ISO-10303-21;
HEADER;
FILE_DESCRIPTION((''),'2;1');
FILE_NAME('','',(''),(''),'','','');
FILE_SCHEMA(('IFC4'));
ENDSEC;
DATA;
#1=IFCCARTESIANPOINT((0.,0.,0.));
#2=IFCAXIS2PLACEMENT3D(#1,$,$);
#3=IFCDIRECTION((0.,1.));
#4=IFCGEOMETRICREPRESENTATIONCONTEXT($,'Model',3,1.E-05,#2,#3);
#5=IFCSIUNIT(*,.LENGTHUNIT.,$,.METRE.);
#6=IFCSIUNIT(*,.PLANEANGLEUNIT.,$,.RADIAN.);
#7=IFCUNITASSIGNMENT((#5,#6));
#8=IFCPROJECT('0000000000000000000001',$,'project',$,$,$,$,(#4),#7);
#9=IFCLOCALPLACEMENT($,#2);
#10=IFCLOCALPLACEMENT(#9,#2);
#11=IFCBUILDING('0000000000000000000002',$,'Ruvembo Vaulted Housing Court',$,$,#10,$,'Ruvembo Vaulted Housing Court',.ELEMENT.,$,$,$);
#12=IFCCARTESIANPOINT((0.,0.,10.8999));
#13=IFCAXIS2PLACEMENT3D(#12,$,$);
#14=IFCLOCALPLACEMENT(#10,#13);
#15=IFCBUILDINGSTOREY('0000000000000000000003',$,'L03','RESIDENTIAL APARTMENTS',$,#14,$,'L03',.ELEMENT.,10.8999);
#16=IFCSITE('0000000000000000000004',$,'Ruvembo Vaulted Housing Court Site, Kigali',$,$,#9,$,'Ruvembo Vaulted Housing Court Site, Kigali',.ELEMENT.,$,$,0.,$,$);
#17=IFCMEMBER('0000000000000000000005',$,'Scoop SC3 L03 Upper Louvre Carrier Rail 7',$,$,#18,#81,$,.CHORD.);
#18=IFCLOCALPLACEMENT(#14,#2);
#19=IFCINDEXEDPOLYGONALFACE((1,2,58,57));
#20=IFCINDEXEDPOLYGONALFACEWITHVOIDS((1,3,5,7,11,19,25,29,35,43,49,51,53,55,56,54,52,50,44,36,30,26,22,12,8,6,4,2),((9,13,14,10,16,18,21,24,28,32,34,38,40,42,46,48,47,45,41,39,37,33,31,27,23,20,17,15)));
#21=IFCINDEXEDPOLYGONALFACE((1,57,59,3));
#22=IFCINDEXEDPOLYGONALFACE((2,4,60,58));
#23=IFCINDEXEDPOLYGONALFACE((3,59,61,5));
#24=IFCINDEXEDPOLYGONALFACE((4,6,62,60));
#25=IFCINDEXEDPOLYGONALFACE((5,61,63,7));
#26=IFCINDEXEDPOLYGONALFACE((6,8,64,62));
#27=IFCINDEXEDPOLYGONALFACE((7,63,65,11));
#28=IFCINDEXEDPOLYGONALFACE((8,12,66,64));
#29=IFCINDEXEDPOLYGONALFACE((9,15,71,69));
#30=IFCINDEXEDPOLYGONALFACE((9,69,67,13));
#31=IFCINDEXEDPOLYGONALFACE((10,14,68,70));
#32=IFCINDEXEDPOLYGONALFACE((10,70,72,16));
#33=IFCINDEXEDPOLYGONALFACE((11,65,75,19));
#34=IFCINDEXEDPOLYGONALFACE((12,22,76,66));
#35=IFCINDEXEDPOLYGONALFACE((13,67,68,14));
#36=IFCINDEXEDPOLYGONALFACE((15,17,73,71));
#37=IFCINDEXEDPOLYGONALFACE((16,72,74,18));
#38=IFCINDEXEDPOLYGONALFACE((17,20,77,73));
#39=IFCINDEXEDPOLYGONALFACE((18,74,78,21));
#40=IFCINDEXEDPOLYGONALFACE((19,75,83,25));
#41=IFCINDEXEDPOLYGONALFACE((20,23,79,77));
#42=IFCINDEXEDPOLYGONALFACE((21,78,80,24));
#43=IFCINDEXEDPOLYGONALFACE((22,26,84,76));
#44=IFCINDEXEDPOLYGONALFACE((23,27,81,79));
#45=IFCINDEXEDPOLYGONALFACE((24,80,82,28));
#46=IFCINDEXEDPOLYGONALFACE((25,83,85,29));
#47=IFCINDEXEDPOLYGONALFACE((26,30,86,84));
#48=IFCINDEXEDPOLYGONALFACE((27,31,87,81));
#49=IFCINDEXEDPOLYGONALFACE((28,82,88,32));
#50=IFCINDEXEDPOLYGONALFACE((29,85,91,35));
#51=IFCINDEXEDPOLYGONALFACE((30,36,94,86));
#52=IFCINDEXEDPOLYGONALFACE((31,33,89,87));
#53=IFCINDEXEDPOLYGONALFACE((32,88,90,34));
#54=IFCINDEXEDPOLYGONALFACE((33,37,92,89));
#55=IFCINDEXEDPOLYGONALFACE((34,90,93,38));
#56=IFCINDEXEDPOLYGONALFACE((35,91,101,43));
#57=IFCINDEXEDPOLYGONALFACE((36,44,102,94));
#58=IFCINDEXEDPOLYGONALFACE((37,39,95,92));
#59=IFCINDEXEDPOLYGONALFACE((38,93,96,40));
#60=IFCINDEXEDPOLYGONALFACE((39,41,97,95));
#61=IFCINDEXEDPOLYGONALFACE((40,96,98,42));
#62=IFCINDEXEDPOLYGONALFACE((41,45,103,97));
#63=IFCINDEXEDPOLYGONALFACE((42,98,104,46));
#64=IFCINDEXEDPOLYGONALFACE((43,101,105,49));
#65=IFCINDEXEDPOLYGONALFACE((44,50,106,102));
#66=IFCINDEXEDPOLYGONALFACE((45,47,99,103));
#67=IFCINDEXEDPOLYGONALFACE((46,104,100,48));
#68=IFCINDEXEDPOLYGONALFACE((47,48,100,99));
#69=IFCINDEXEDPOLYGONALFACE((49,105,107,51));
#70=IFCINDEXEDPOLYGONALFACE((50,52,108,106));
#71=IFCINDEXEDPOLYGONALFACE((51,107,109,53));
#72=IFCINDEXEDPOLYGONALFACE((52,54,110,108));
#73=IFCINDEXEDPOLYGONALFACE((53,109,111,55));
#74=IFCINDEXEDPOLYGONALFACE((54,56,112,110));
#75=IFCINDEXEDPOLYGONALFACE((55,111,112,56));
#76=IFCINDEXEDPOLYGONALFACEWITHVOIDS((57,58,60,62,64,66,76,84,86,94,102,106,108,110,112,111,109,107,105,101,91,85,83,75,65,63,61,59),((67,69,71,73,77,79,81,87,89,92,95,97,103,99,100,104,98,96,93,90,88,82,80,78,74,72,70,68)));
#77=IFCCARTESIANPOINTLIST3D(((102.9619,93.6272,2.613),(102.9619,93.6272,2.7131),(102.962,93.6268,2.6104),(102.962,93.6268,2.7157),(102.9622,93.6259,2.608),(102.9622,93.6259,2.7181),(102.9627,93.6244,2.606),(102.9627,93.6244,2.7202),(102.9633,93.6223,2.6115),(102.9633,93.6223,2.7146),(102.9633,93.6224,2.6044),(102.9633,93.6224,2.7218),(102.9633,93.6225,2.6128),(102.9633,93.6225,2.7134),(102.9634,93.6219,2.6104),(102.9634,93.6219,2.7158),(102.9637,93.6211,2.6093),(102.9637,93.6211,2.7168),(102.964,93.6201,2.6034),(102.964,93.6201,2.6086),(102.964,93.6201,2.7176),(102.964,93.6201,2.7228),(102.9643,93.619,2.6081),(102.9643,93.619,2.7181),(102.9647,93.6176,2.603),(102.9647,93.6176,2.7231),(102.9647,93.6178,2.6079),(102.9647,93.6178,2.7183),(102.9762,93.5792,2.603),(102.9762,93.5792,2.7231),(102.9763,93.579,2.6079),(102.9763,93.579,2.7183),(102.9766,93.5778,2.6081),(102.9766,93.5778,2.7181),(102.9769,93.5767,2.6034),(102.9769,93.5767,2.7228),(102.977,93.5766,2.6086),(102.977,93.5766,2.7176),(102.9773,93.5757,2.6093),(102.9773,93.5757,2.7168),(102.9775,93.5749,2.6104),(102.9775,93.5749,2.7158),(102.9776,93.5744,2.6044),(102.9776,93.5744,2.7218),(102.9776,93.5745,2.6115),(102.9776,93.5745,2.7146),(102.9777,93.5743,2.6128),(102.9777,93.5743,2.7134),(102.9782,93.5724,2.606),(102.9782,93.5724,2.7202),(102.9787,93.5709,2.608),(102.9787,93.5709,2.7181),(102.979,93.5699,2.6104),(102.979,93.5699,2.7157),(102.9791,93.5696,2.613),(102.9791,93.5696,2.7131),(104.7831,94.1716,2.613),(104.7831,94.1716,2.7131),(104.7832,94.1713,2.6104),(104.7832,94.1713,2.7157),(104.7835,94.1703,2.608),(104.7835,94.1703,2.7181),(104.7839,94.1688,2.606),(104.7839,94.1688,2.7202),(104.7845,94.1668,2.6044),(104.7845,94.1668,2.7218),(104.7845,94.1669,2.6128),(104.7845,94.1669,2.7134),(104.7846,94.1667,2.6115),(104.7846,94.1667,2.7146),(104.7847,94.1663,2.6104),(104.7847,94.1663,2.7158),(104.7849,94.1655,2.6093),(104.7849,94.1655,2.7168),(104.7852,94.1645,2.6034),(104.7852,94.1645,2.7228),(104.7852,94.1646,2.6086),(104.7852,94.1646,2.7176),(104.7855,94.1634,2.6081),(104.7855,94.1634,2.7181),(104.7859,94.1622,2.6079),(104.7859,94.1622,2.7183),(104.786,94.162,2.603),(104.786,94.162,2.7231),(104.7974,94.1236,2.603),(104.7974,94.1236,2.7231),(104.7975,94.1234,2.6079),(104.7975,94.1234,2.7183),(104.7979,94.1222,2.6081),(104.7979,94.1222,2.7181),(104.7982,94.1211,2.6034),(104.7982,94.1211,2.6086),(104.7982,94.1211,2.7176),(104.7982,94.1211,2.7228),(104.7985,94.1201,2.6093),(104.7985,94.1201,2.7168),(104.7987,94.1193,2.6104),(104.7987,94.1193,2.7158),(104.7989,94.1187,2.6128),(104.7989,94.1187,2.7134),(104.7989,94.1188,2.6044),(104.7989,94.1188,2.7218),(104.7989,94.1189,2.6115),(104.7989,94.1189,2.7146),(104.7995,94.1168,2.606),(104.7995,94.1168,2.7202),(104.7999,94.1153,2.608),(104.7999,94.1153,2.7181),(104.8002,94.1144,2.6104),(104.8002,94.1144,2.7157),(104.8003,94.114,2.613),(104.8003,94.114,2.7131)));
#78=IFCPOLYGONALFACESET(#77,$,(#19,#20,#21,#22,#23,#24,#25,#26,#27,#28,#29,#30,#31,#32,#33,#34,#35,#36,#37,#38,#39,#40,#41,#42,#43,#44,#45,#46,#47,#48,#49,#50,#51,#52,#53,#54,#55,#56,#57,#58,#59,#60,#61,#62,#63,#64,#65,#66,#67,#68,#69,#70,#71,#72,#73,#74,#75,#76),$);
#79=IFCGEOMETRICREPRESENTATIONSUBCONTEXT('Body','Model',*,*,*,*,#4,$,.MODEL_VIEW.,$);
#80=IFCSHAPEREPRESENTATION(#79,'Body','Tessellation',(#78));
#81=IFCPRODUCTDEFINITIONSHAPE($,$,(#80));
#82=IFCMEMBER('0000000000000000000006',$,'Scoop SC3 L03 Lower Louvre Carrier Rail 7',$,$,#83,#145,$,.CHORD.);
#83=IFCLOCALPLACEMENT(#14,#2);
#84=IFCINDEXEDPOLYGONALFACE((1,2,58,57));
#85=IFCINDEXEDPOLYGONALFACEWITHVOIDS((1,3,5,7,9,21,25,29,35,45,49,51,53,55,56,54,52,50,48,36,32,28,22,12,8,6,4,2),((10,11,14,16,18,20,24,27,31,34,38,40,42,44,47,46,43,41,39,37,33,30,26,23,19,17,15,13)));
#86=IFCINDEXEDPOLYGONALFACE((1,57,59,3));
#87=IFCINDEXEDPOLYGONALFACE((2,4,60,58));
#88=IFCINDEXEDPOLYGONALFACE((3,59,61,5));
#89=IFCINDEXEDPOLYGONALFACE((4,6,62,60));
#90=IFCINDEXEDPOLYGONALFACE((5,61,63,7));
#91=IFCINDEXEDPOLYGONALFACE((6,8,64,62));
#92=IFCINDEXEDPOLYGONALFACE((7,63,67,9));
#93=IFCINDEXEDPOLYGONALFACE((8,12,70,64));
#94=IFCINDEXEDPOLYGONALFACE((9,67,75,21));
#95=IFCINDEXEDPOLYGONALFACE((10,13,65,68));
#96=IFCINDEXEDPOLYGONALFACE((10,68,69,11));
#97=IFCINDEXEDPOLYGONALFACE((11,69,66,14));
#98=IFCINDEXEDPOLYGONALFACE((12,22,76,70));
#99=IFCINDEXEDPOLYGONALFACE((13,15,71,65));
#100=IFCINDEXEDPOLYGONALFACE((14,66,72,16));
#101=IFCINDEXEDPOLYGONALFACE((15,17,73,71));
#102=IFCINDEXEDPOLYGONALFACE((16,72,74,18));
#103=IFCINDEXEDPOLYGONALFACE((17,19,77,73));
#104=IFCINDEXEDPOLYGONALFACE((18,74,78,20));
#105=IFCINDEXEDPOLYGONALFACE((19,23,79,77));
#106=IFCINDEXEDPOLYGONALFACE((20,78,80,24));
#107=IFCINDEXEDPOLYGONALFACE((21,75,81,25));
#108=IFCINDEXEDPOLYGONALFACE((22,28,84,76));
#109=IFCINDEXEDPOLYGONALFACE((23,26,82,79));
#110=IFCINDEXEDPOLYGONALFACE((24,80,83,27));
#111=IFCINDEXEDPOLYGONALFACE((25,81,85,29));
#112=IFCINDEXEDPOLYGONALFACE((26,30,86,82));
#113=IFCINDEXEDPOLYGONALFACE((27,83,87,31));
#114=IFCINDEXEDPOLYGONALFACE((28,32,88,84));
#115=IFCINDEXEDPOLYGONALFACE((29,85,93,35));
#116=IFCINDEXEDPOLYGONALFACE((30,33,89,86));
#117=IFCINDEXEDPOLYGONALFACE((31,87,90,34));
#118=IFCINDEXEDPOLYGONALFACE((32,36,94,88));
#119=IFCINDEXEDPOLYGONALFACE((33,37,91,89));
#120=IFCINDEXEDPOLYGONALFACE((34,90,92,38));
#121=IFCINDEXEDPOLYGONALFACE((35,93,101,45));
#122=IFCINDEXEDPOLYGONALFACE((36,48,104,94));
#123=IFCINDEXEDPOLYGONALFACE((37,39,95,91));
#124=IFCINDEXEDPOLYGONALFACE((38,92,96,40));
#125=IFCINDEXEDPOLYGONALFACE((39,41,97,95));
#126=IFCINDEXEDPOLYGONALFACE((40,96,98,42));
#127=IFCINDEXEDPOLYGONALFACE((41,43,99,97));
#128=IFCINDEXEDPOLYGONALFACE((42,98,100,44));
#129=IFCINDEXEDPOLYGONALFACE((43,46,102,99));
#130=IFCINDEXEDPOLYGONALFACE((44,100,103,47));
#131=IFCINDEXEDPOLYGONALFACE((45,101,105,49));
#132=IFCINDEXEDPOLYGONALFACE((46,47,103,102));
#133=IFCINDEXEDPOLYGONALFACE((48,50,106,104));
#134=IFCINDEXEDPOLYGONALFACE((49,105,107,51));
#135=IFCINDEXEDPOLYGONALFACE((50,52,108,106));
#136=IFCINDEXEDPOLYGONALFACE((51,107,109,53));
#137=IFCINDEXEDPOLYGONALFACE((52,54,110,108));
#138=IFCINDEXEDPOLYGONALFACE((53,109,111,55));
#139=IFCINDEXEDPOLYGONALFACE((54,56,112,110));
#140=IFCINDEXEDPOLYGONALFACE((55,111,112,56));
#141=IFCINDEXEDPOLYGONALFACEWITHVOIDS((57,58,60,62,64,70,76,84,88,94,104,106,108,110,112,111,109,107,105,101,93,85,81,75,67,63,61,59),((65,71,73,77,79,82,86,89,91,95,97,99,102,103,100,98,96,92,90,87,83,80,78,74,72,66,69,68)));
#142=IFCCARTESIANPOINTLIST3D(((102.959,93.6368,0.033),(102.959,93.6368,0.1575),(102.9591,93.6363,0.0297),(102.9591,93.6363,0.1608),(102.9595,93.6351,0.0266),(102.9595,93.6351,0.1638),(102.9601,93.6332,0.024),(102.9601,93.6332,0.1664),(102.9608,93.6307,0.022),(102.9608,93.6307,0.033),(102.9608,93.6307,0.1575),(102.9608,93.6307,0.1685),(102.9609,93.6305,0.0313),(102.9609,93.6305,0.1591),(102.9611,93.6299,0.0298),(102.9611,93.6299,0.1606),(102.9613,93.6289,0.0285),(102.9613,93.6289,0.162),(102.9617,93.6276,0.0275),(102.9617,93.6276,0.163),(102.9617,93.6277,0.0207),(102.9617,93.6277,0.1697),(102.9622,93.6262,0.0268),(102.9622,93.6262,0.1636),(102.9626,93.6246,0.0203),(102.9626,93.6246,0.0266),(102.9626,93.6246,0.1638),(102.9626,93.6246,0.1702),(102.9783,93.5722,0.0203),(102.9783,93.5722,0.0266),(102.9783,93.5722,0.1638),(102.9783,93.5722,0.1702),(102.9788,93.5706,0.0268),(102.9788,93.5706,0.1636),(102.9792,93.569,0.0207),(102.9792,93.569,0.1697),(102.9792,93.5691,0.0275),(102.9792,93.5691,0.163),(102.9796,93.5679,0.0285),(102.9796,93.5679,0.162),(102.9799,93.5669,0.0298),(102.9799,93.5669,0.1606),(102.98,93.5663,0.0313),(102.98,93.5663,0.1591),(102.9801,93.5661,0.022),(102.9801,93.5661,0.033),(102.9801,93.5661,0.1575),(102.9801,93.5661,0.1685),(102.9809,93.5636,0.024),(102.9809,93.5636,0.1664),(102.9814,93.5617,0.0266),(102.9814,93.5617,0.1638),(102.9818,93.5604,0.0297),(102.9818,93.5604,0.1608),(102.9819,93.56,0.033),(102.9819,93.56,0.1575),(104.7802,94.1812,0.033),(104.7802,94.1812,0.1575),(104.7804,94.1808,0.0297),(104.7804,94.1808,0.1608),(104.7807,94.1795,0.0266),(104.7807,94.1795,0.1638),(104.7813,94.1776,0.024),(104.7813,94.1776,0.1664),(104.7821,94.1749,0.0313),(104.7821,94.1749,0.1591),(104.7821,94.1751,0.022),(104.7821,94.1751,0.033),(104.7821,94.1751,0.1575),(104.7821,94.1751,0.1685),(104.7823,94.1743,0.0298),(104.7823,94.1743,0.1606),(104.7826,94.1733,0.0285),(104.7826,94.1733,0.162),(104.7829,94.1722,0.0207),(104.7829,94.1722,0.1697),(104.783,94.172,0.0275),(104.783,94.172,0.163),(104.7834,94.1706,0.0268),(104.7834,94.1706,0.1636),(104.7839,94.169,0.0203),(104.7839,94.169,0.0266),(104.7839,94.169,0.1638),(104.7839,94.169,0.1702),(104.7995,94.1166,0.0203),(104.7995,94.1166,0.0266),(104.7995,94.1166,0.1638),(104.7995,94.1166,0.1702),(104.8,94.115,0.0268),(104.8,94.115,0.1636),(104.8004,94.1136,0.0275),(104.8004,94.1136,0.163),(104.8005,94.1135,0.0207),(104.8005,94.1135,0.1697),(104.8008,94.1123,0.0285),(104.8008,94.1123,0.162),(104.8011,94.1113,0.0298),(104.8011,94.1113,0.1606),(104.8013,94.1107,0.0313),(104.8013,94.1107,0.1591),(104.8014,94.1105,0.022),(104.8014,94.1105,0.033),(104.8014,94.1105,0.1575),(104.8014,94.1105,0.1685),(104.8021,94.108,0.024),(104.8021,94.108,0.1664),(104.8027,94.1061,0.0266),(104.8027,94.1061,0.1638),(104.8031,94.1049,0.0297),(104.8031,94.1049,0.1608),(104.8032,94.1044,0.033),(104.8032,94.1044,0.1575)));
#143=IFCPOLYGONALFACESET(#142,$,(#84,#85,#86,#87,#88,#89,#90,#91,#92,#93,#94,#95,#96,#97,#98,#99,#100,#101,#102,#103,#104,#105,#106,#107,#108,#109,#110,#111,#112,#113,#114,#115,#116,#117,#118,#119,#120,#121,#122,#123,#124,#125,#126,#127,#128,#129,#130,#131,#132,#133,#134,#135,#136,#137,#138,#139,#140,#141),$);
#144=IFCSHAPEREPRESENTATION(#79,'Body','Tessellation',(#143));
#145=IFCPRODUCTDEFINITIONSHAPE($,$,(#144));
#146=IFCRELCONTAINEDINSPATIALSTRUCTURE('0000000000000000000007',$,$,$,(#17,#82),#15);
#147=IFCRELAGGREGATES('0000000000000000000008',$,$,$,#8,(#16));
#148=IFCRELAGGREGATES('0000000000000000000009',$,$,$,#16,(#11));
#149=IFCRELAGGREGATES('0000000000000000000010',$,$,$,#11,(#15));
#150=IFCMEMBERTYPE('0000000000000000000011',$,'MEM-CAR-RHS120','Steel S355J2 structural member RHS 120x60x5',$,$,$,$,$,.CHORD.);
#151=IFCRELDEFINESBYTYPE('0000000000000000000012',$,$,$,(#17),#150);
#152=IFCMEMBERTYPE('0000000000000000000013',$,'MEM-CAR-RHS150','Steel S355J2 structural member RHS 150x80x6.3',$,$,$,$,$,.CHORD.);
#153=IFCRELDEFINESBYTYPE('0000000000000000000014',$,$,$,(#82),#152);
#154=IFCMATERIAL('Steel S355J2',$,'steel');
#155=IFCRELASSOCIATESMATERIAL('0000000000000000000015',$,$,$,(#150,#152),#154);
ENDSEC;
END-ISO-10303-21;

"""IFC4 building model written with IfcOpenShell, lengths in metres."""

from ifc_helpers import new_model, si_unit, direction, frame, origin, origin_2d, place, context, subcontext, project, spatial, hollow_rectangle, extrude, material, material_profile, profile_set, type_object, element, save


model = new_model("IFC4")

# Units and contexts
model_context = context("Model", 3, precision=1e-05, world=origin(), true_north=direction((0.0, 1.0)))
body_context = subcontext(model_context, "Body", "Model", "MODEL_VIEW")
ifc_project = project(units=[si_unit("LENGTHUNIT", "METRE"), si_unit("PLANEANGLEUNIT", "RADIAN")], contexts=[model_context])

# Site, building, storey
site_placement = place(None, origin())
site = spatial("IfcSite", under=ifc_project, at=site_placement, Name="Ruvembo Vaulted Housing Court Site, Kigali", LongName="Ruvembo Vaulted Housing Court Site, Kigali", CompositionType="ELEMENT", RefElevation=0.0)
building_placement = place(site_placement, origin())
building = spatial("IfcBuilding", under=site, at=building_placement, Name="Ruvembo Vaulted Housing Court", LongName="Ruvembo Vaulted Housing Court", CompositionType="ELEMENT")
storey_placement = place(building_placement, frame((0.0, 0.0, 10.8999)))
storey = spatial("IfcBuildingStorey", under=building, at=storey_placement, Name="L03", Description="RESIDENTIAL APARTMENTS", LongName="L03", CompositionType="ELEMENT", Elevation=10.8999)

# Shared definitions
ifc_material_1 = material(Name="Steel S355J2", Category="steel")

# Members
ifc_material_profile_1 = material_profile(ifc_material_1, hollow_rectangle(XDim=0.0601, YDim=0.1201, WallThickness=0.0049, InnerFilletRadius=0.0049, OuterFilletRadius=0.01, at=origin_2d()), Name="RHS 120x60x5")
ifc_profile_set_1 = profile_set([ifc_material_profile_1], Name="Steel S355J2")
member_type_1 = type_object("IfcMemberType", Name="MEM-CAR-RHS120", Description="Steel S355J2 structural member RHS 120x60x5", PredefinedType="CHORD", material=ifc_profile_set_1)
member_1_placement = place(storey_placement, frame((102.9705, 93.5984, 2.6631), z_axis=(0.958109, 0.286405, 0.0), x_axis=(-0.286405, 0.958109, 0.0)))
element("IfcMember", 1, at=member_1_placement, inside=storey, type_object=member_type_1, Name="Scoop SC3 L03 Upper Louvre Carrier Rail 7", PredefinedType="CHORD", context=body_context, shape_type="SweptSolid", body=[
    extrude(hollow_rectangle(XDim=0.0601, YDim=0.1201, WallThickness=0.0049, InnerFilletRadius=0.0049, OuterFilletRadius=0.01, at=origin_2d()), origin(), (0.0, 0.0, 1.0), 1.9009),
])
ifc_material_profile_2 = material_profile(ifc_material_1, hollow_rectangle(XDim=0.0801, YDim=0.1499, WallThickness=0.0063, InnerFilletRadius=0.0063, OuterFilletRadius=0.0127, at=origin_2d()), Name="RHS 150x80x6.3")
ifc_profile_set_2 = profile_set([ifc_material_profile_2], Name="Steel S355J2")
member_type_2 = type_object("IfcMemberType", Name="MEM-CAR-RHS150", Description="Steel S355J2 structural member RHS 150x80x6.3", PredefinedType="CHORD", material=ifc_profile_set_2)
member_2_placement = place(storey_placement, frame((102.9705, 93.5984, 0.0952), z_axis=(0.958109, 0.286405, 0.0), x_axis=(-0.286405, 0.958109, 0.0)))
element("IfcMember", 2, at=member_2_placement, inside=storey, type_object=member_type_2, Name="Scoop SC3 L03 Lower Louvre Carrier Rail 7", PredefinedType="CHORD", context=body_context, shape_type="SweptSolid", body=[
    extrude(hollow_rectangle(XDim=0.0801, YDim=0.1499, WallThickness=0.0063, InnerFilletRadius=0.0063, OuterFilletRadius=0.0127, at=origin_2d()), origin(), (0.0, 0.0, 1.0), 1.9009),
])

save(model, "model.ifc")
